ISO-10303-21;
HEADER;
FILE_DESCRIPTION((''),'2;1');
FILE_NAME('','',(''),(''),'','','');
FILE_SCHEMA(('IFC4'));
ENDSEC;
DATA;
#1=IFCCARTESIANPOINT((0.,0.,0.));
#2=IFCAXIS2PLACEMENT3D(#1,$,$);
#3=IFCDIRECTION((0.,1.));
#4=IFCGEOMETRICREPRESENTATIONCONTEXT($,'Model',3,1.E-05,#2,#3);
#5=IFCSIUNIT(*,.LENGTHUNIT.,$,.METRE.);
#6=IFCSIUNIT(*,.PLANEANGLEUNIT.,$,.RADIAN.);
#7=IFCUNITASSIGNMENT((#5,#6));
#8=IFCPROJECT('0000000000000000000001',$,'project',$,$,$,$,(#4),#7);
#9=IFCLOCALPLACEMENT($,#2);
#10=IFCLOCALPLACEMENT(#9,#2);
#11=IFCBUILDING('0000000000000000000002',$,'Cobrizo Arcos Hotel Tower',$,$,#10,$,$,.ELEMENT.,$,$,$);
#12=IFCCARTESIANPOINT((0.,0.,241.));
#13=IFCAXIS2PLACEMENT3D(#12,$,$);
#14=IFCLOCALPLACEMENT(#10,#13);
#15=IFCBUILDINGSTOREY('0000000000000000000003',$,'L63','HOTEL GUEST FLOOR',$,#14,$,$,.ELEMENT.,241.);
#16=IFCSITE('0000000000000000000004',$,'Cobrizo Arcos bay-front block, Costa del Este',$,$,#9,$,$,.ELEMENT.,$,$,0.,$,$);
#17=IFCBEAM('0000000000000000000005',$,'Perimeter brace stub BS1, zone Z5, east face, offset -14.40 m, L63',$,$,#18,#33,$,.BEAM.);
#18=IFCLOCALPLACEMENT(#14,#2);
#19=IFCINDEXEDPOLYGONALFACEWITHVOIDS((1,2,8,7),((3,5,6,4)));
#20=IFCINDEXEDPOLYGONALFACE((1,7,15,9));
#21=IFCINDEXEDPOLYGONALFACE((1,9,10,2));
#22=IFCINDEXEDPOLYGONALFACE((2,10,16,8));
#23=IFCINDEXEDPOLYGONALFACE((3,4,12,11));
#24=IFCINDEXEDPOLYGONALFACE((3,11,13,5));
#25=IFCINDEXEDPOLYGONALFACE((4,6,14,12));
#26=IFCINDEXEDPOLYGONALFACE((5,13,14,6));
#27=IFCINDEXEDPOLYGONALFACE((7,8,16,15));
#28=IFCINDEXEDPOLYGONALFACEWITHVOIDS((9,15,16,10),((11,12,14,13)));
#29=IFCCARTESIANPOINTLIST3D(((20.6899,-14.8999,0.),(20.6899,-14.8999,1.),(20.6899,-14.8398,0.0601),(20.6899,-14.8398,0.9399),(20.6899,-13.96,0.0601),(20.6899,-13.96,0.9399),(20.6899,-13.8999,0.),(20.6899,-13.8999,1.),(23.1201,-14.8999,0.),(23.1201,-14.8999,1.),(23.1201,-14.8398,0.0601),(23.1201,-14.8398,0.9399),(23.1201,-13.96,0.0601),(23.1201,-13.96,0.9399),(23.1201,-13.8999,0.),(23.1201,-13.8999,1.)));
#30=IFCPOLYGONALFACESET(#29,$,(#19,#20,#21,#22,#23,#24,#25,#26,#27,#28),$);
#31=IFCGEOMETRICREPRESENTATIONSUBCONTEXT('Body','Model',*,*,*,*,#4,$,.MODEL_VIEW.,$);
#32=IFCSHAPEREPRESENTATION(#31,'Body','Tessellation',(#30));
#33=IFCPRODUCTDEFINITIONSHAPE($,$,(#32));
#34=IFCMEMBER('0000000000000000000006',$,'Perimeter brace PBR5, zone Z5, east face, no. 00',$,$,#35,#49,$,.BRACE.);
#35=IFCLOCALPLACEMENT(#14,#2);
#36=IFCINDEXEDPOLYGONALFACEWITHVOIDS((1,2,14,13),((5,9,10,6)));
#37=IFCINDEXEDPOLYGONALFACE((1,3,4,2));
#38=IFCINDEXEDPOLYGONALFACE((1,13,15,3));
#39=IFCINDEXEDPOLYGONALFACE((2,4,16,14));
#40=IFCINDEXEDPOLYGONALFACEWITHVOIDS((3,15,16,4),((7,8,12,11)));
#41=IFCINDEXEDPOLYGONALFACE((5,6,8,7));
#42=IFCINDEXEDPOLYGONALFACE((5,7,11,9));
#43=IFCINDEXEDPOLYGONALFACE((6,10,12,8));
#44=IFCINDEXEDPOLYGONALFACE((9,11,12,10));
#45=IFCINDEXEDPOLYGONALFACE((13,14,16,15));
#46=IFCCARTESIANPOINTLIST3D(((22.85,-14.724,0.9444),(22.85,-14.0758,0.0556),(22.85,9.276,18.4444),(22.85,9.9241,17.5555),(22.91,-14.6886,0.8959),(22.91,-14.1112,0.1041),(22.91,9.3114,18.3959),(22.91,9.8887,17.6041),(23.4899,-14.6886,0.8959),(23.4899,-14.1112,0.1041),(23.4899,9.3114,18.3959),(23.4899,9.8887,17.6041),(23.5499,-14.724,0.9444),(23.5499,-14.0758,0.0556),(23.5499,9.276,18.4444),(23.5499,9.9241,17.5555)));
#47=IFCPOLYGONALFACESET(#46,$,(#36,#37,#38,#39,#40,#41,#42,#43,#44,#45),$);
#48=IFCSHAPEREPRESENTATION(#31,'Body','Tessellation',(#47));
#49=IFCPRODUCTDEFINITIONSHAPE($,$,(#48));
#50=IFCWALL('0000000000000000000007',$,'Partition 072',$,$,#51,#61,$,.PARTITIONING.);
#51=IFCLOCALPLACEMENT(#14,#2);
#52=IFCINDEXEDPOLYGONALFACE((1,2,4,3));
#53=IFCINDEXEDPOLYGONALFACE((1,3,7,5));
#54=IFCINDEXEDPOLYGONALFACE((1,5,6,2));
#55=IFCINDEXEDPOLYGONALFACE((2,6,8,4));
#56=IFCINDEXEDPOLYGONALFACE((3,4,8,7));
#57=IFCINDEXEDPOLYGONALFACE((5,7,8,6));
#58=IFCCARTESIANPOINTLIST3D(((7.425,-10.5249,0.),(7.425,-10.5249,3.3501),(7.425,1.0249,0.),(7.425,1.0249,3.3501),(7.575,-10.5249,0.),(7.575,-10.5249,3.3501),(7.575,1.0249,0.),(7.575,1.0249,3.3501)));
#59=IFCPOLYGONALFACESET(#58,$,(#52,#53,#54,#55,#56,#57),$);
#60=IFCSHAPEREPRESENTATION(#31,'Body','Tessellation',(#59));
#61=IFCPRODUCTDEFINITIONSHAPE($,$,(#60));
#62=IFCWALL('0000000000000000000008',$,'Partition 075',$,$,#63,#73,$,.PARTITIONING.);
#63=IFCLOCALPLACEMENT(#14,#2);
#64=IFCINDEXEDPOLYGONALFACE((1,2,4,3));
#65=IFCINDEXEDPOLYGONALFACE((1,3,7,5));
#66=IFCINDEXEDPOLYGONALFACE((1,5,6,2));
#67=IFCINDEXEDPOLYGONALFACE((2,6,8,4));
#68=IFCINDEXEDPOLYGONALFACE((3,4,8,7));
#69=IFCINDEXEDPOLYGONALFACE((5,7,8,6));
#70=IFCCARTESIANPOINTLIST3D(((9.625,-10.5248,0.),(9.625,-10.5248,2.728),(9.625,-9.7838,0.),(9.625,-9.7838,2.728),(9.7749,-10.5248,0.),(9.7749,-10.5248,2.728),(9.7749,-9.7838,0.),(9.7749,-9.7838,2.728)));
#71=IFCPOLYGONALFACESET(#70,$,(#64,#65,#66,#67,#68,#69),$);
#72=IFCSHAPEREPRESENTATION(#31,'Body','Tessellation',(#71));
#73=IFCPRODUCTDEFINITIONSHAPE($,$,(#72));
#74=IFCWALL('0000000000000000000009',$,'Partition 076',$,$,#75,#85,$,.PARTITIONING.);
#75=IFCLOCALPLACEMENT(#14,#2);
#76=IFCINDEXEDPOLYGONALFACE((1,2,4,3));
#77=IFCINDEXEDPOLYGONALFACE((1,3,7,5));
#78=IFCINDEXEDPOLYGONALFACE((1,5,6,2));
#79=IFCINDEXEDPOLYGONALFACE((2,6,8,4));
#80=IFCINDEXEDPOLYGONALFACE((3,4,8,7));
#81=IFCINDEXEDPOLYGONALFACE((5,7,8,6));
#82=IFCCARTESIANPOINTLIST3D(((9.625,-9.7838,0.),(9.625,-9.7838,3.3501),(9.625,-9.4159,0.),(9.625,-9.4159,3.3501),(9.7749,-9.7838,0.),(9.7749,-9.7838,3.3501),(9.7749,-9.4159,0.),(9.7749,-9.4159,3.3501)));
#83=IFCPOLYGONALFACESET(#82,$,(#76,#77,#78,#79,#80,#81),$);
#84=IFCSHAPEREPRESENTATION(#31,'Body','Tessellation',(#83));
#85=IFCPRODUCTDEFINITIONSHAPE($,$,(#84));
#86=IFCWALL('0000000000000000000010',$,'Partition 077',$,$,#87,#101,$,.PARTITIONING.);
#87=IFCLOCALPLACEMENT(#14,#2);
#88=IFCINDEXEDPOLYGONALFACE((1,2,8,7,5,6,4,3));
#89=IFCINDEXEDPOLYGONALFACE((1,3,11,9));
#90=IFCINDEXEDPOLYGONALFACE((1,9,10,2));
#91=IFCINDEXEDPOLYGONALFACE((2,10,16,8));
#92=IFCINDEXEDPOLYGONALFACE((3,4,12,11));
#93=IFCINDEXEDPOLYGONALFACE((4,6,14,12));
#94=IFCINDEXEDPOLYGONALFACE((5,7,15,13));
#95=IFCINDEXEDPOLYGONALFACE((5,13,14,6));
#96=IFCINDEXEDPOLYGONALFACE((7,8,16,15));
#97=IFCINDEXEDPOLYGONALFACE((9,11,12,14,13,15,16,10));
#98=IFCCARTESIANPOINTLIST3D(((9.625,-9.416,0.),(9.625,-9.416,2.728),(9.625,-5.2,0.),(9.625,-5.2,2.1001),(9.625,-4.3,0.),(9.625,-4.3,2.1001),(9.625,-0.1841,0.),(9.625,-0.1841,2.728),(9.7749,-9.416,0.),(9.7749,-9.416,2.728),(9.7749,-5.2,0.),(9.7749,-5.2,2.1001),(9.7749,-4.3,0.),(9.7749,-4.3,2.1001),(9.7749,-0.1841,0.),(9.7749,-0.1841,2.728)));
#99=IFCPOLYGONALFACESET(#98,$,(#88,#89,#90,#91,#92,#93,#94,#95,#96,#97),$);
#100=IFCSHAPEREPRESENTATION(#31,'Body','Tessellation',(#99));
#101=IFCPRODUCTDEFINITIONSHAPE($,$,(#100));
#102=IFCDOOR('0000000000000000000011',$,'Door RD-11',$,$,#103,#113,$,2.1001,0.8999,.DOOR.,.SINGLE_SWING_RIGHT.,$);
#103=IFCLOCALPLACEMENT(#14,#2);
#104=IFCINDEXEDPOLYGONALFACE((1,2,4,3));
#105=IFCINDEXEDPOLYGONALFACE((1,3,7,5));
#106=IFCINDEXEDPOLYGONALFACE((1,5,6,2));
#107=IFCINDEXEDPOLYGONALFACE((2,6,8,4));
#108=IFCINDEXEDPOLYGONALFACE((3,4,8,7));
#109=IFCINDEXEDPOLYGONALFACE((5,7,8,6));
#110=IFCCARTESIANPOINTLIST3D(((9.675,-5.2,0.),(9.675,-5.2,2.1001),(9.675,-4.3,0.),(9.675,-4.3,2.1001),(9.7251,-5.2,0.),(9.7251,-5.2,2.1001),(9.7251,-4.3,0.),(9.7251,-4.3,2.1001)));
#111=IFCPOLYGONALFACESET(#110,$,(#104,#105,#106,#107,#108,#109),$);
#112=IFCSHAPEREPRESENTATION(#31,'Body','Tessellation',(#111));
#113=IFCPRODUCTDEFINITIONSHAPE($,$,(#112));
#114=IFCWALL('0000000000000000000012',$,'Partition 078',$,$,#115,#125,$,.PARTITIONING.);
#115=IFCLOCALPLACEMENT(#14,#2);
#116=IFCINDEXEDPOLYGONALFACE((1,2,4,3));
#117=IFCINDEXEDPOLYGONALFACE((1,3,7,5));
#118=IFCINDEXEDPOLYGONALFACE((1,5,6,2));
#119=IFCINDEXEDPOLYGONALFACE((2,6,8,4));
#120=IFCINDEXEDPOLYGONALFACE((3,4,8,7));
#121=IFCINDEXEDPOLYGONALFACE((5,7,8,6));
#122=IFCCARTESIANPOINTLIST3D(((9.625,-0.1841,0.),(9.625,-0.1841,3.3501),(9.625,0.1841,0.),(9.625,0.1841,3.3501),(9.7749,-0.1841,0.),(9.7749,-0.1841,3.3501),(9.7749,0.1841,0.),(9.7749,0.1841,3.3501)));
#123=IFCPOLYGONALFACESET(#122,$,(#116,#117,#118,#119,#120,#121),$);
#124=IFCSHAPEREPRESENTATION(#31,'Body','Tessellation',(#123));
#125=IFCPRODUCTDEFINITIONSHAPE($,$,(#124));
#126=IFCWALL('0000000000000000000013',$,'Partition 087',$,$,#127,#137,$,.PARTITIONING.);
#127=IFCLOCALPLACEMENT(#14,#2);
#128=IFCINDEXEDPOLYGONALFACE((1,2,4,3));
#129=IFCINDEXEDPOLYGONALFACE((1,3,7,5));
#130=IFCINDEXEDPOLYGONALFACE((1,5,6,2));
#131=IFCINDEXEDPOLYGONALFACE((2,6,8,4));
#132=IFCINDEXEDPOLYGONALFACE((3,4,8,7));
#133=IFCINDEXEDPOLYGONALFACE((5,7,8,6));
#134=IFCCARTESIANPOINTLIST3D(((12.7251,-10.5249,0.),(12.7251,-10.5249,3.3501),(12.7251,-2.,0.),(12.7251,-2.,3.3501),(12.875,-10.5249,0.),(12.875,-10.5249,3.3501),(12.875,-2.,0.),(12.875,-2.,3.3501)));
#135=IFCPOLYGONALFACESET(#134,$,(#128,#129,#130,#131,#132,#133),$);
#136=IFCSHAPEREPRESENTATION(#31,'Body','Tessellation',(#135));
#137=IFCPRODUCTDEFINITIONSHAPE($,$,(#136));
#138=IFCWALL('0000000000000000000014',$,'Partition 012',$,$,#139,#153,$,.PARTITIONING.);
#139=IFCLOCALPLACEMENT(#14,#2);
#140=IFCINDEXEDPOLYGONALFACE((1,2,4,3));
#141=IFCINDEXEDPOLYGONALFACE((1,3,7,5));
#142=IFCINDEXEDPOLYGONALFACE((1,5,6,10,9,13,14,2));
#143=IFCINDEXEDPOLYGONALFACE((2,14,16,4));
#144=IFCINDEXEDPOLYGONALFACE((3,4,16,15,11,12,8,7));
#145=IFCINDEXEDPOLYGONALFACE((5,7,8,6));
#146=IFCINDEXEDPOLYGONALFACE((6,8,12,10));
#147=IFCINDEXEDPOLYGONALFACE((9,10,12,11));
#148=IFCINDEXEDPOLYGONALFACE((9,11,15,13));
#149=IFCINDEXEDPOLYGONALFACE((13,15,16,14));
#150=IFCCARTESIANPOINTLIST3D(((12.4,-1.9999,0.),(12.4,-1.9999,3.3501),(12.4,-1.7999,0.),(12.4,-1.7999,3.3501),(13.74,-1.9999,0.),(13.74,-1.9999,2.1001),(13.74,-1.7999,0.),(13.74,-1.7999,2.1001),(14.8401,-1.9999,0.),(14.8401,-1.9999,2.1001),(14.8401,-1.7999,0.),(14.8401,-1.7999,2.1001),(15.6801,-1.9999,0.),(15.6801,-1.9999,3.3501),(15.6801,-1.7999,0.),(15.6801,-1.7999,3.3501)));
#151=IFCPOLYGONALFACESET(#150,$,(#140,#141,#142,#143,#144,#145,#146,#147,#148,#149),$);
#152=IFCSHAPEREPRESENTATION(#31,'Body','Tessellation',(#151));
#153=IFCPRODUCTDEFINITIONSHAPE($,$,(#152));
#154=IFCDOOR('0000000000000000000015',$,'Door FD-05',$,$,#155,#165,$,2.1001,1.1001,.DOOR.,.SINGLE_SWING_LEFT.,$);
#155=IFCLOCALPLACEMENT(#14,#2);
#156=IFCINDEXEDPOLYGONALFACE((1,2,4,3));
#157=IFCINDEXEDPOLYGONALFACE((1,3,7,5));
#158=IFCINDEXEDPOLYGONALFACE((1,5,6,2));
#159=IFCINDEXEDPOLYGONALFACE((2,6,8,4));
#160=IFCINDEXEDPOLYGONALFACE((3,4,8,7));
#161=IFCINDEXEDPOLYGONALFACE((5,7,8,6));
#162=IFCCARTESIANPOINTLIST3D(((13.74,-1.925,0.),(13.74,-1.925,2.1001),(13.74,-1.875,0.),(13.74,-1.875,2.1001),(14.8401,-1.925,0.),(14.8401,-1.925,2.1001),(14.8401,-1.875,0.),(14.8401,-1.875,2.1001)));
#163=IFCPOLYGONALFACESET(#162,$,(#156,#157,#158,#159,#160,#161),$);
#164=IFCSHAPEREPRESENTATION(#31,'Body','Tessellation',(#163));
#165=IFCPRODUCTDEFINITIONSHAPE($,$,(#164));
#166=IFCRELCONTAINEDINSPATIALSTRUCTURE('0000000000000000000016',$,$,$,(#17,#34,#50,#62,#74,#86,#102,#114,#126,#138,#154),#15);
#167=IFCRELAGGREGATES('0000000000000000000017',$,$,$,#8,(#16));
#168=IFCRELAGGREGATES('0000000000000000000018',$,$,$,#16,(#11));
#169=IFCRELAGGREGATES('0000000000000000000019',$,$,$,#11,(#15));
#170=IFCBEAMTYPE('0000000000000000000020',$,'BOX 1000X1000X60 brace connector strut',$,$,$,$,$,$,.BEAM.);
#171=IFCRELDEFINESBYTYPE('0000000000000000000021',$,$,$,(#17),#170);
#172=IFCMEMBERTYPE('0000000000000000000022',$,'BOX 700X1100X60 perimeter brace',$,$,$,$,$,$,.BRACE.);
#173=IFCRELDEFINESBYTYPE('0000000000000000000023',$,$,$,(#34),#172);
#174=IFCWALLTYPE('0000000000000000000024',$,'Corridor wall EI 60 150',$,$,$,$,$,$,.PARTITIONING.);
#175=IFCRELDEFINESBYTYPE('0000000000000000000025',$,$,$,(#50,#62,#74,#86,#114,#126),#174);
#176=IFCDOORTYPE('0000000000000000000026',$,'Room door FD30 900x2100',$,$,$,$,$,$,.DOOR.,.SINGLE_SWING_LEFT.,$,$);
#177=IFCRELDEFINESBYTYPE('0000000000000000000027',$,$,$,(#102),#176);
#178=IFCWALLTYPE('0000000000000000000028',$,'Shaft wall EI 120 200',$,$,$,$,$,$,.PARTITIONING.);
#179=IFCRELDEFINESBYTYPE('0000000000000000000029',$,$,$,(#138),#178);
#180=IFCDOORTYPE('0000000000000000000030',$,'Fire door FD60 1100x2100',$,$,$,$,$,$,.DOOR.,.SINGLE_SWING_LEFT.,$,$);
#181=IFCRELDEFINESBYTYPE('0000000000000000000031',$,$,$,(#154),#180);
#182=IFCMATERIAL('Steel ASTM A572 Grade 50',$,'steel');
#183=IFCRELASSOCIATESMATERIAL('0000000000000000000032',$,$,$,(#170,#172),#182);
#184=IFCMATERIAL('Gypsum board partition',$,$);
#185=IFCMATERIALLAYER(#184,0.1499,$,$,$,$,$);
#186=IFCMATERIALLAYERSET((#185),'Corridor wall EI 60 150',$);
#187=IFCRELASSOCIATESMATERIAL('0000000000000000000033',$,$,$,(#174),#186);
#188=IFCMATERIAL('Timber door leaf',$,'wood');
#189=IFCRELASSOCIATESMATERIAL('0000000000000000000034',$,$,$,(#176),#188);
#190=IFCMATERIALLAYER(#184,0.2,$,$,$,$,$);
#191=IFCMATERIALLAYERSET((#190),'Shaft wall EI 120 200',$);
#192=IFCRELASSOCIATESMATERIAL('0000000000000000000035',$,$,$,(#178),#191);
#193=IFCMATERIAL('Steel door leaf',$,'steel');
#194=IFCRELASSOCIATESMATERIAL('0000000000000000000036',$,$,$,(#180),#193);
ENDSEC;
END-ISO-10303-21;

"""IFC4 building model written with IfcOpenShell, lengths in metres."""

from ifc_helpers import new_model, si_unit, direction, frame, frame_2d, origin, origin_2d, place, context, subcontext, project, spatial, rectangle, hollow_rectangle, extrude, material, layer, layer_set, material_profile, profile_set, type_object, element, fill, save


model = new_model("IFC4")

# Units and contexts
model_context = context("Model", 3, precision=1e-05, world=origin(), true_north=direction((0.0, 1.0)))
body_context = subcontext(model_context, "Body", "Model", "MODEL_VIEW")
ifc_project = project(units=[si_unit("LENGTHUNIT", "METRE"), si_unit("PLANEANGLEUNIT", "RADIAN")], contexts=[model_context])

# Site, building, storey
site_placement = place(None, origin())
site = spatial("IfcSite", under=ifc_project, at=site_placement, Name="Cobrizo Arcos bay-front block, Costa del Este", CompositionType="ELEMENT", RefElevation=0.0)
building_placement = place(site_placement, origin())
building = spatial("IfcBuilding", under=site, at=building_placement, Name="Cobrizo Arcos Hotel Tower", CompositionType="ELEMENT")
storey_placement = place(building_placement, frame((0.0, 0.0, 241.0)))
storey = spatial("IfcBuildingStorey", under=building, at=storey_placement, Name="L63", Description="HOTEL GUEST FLOOR", CompositionType="ELEMENT", Elevation=241.0)

# Beam
ifc_material_1 = material(Name="Steel ASTM A572 Grade 50", Category="steel")
ifc_material_profile_1 = material_profile(ifc_material_1, hollow_rectangle(XDim=1.0, YDim=1.0, WallThickness=0.0601, at=origin_2d()), Name="BOX 1000X1000X60")
ifc_profile_set_1 = profile_set([ifc_material_profile_1], Name="Steel ASTM A572 Grade 50")
beam_type = type_object("IfcBeamType", Name="BOX 1000X1000X60 brace connector strut", PredefinedType="BEAM", material=ifc_profile_set_1)
beam_placement = place(storey_placement, frame((20.6899, -14.3999, 0.5), z_axis=(1.0, 0.0, 0.0), x_axis=(0.0, 1.0, 0.0)))
element("IfcBeam", 1, at=beam_placement, inside=storey, type_object=beam_type, Name="Perimeter brace stub BS1, zone Z5, east face, offset -14.40 m, L63", PredefinedType="BEAM", context=body_context, shape_type="SweptSolid", body=[
    extrude(hollow_rectangle(XDim=1.0, YDim=1.0, WallThickness=0.0601, at=origin_2d()), origin(), (0.0, 0.0, 1.0), 2.4302),
])

# Member
ifc_material_profile_2 = material_profile(ifc_material_1, hollow_rectangle(XDim=0.7, YDim=1.1001, WallThickness=0.0601, at=origin_2d()), Name="BOX 700X1100X60")
ifc_profile_set_2 = profile_set([ifc_material_profile_2], Name="Steel ASTM A572 Grade 50")
member_type = type_object("IfcMemberType", Name="BOX 700X1100X60 perimeter brace", PredefinedType="BRACE", material=ifc_profile_set_2)
member_placement = place(storey_placement, frame((23.2, -14.3999, 0.5), z_axis=(0.0, 0.808008, 0.589172), x_axis=(-1.0, 0.0, 0.0)))
element("IfcMember", 2, at=member_placement, inside=storey, type_object=member_type, Name="Perimeter brace PBR5, zone Z5, east face, no. 00", PredefinedType="BRACE", context=body_context, shape_type="SweptSolid", body=[
    extrude(hollow_rectangle(XDim=0.7, YDim=1.1001, WallThickness=0.0601, at=origin_2d()), origin(), (0.0, 0.0, 1.0), 29.7026),
])

# Walls
ifc_material_2 = material(Name="Gypsum board partition")
ifc_layer_1 = layer(ifc_material_2, 0.1499)
ifc_layer_set_1 = layer_set([ifc_layer_1], Name="Corridor wall EI 60 150")
wall_type_1 = type_object("IfcWallType", Name="Corridor wall EI 60 150", PredefinedType="PARTITIONING", material=ifc_layer_set_1)
wall_1_placement = place(storey_placement, frame((7.5, -10.5249, 0.0), z_axis=(0.0, 0.0, 1.0), x_axis=(0.0, 1.0, 0.0)))
element("IfcWall", 3, at=wall_1_placement, inside=storey, type_object=wall_type_1, Name="Partition 072", PredefinedType="PARTITIONING", context=body_context, shape_type="SweptSolid", body=[
    extrude(rectangle(XDim=11.5498, YDim=0.1499, at=frame_2d((5.7749, 0.0))), origin(), (0.0, 0.0, 1.0), 3.3501),
])
wall_2_placement = place(storey_placement, frame((9.7, -10.5249, 0.0), z_axis=(0.0, 0.0, 1.0), x_axis=(0.0, 1.0, 0.0)))
element("IfcWall", 4, at=wall_2_placement, inside=storey, type_object=wall_type_1, Name="Partition 075", PredefinedType="PARTITIONING", context=body_context, shape_type="SweptSolid", body=[
    extrude(rectangle(XDim=0.741, YDim=0.1499, at=frame_2d((0.3706, 0.0))), origin(), (0.0, 0.0, 1.0), 2.728),
])
wall_3_placement = place(storey_placement, frame((9.7, -9.7839, 0.0), z_axis=(0.0, 0.0, 1.0), x_axis=(0.0, 1.0, 0.0)))
element("IfcWall", 5, at=wall_3_placement, inside=storey, type_object=wall_type_1, Name="Partition 076", PredefinedType="PARTITIONING", context=body_context, shape_type="SweptSolid", body=[
    extrude(rectangle(XDim=0.3679, YDim=0.1499, at=frame_2d((0.1841, 0.0))), origin(), (0.0, 0.0, 1.0), 3.3501),
])

# Wall, opening, door
wall_4_placement = place(storey_placement, frame((9.7, -9.416, 0.0), z_axis=(0.0, 0.0, 1.0), x_axis=(0.0, 1.0, 0.0)))
wall_4 = element("IfcWall", 6, at=wall_4_placement, inside=storey, type_object=wall_type_1, Name="Partition 077", PredefinedType="PARTITIONING", context=body_context, shape_type="SweptSolid", body=[
    extrude(rectangle(XDim=9.2319, YDim=0.1499, at=frame_2d((4.616, 0.0))), origin(), (0.0, 0.0, 1.0), 2.728),
])
opening_1_placement = place(wall_4_placement, frame((4.2161, 0.0, 0.0)))
opening_1 = element("IfcOpeningElement", 7, at=opening_1_placement, cuts=wall_4, PredefinedType="OPENING", context=body_context, shape_type="SweptSolid", body=[
    extrude(rectangle(XDim=0.8999, YDim=2.1001, at=frame_2d((0.45, 1.05))), frame((0.0, 0.0869, 0.0), z_axis=(0.0, -1.0, 0.0), x_axis=(1.0, 0.0, 0.0)), (0.0, 0.0, 1.0), 0.1738),
])
ifc_material_3 = material(Name="Timber door leaf", Category="wood")
door_type_1 = type_object("IfcDoorType", Name="Room door FD30 900x2100", OperationType="SINGLE_SWING_LEFT", PredefinedType="DOOR", material=ifc_material_3)
door_1_placement = place(opening_1_placement, origin())
door_1 = element("IfcDoor", 8, at=door_1_placement, inside=storey, type_object=door_type_1, Name="Door RD-11", OperationType="SINGLE_SWING_RIGHT", OverallHeight=2.1001, OverallWidth=0.8999, PredefinedType="DOOR", context=body_context, shape_type="SweptSolid", body=[
    extrude(rectangle(XDim=0.8999, YDim=2.1001, at=frame_2d((0.45, 1.05))), frame((0.0, 0.0249, 0.0), z_axis=(0.0, -1.0, 0.0), x_axis=(1.0, 0.0, 0.0)), (0.0, 0.0, 1.0), 0.05),
])
fill(opening_1, door_1)

# Walls
wall_5_placement = place(storey_placement, frame((9.7, -0.1841, 0.0), z_axis=(0.0, 0.0, 1.0), x_axis=(0.0, 1.0, 0.0)))
element("IfcWall", 9, at=wall_5_placement, inside=storey, type_object=wall_type_1, Name="Partition 078", PredefinedType="PARTITIONING", context=body_context, shape_type="SweptSolid", body=[
    extrude(rectangle(XDim=0.3682, YDim=0.1499, at=frame_2d((0.1841, 0.0))), origin(), (0.0, 0.0, 1.0), 3.3501),
])
wall_6_placement = place(storey_placement, frame((12.8, -10.5249, 0.0), z_axis=(0.0, 0.0, 1.0), x_axis=(0.0, 1.0, 0.0)))
element("IfcWall", 10, at=wall_6_placement, inside=storey, type_object=wall_type_1, Name="Partition 087", PredefinedType="PARTITIONING", context=body_context, shape_type="SweptSolid", body=[
    extrude(rectangle(XDim=8.5249, YDim=0.1499, at=frame_2d((4.2625, 0.0))), origin(), (0.0, 0.0, 1.0), 3.3501),
])

# Wall, opening, door
ifc_layer_2 = layer(ifc_material_2, 0.2)
ifc_layer_set_2 = layer_set([ifc_layer_2], Name="Shaft wall EI 120 200")
wall_type_2 = type_object("IfcWallType", Name="Shaft wall EI 120 200", PredefinedType="PARTITIONING", material=ifc_layer_set_2)
wall_7_placement = place(storey_placement, frame((12.3999, -1.8999, 0.0), z_axis=(0.0, 0.0, 1.0), x_axis=(1.0, 0.0, 0.0)))
wall_7 = element("IfcWall", 11, at=wall_7_placement, inside=storey, type_object=wall_type_2, Name="Partition 012", PredefinedType="PARTITIONING", context=body_context, shape_type="SweptSolid", body=[
    extrude(rectangle(XDim=3.28, YDim=0.2, at=frame_2d((1.6401, 0.0))), origin(), (0.0, 0.0, 1.0), 3.3501),
])
opening_2_placement = place(wall_7_placement, frame((1.3401, 0.0, 0.0)))
opening_2 = element("IfcOpeningElement", 12, at=opening_2_placement, cuts=wall_7, PredefinedType="OPENING", context=body_context, shape_type="SweptSolid", body=[
    extrude(rectangle(XDim=1.1001, YDim=2.1001, at=frame_2d((0.55, 1.05))), frame((0.0, 0.1121, 0.0), z_axis=(0.0, -1.0, 0.0), x_axis=(1.0, 0.0, 0.0)), (0.0, 0.0, 1.0), 0.2239),
])
ifc_material_4 = material(Name="Steel door leaf", Category="steel")
door_type_2 = type_object("IfcDoorType", Name="Fire door FD60 1100x2100", OperationType="SINGLE_SWING_LEFT", PredefinedType="DOOR", material=ifc_material_4)
door_2_placement = place(opening_2_placement, origin())
door_2 = element("IfcDoor", 13, at=door_2_placement, inside=storey, type_object=door_type_2, Name="Door FD-05", OperationType="SINGLE_SWING_LEFT", OverallHeight=2.1001, OverallWidth=1.1001, PredefinedType="DOOR", context=body_context, shape_type="SweptSolid", body=[
    extrude(rectangle(XDim=1.1001, YDim=2.1001, at=frame_2d((0.55, 1.05))), frame((0.0, 0.0249, 0.0), z_axis=(0.0, -1.0, 0.0), x_axis=(1.0, 0.0, 0.0)), (0.0, 0.0, 1.0), 0.05),
])
fill(opening_2, door_2)

save(model, "model.ifc")
